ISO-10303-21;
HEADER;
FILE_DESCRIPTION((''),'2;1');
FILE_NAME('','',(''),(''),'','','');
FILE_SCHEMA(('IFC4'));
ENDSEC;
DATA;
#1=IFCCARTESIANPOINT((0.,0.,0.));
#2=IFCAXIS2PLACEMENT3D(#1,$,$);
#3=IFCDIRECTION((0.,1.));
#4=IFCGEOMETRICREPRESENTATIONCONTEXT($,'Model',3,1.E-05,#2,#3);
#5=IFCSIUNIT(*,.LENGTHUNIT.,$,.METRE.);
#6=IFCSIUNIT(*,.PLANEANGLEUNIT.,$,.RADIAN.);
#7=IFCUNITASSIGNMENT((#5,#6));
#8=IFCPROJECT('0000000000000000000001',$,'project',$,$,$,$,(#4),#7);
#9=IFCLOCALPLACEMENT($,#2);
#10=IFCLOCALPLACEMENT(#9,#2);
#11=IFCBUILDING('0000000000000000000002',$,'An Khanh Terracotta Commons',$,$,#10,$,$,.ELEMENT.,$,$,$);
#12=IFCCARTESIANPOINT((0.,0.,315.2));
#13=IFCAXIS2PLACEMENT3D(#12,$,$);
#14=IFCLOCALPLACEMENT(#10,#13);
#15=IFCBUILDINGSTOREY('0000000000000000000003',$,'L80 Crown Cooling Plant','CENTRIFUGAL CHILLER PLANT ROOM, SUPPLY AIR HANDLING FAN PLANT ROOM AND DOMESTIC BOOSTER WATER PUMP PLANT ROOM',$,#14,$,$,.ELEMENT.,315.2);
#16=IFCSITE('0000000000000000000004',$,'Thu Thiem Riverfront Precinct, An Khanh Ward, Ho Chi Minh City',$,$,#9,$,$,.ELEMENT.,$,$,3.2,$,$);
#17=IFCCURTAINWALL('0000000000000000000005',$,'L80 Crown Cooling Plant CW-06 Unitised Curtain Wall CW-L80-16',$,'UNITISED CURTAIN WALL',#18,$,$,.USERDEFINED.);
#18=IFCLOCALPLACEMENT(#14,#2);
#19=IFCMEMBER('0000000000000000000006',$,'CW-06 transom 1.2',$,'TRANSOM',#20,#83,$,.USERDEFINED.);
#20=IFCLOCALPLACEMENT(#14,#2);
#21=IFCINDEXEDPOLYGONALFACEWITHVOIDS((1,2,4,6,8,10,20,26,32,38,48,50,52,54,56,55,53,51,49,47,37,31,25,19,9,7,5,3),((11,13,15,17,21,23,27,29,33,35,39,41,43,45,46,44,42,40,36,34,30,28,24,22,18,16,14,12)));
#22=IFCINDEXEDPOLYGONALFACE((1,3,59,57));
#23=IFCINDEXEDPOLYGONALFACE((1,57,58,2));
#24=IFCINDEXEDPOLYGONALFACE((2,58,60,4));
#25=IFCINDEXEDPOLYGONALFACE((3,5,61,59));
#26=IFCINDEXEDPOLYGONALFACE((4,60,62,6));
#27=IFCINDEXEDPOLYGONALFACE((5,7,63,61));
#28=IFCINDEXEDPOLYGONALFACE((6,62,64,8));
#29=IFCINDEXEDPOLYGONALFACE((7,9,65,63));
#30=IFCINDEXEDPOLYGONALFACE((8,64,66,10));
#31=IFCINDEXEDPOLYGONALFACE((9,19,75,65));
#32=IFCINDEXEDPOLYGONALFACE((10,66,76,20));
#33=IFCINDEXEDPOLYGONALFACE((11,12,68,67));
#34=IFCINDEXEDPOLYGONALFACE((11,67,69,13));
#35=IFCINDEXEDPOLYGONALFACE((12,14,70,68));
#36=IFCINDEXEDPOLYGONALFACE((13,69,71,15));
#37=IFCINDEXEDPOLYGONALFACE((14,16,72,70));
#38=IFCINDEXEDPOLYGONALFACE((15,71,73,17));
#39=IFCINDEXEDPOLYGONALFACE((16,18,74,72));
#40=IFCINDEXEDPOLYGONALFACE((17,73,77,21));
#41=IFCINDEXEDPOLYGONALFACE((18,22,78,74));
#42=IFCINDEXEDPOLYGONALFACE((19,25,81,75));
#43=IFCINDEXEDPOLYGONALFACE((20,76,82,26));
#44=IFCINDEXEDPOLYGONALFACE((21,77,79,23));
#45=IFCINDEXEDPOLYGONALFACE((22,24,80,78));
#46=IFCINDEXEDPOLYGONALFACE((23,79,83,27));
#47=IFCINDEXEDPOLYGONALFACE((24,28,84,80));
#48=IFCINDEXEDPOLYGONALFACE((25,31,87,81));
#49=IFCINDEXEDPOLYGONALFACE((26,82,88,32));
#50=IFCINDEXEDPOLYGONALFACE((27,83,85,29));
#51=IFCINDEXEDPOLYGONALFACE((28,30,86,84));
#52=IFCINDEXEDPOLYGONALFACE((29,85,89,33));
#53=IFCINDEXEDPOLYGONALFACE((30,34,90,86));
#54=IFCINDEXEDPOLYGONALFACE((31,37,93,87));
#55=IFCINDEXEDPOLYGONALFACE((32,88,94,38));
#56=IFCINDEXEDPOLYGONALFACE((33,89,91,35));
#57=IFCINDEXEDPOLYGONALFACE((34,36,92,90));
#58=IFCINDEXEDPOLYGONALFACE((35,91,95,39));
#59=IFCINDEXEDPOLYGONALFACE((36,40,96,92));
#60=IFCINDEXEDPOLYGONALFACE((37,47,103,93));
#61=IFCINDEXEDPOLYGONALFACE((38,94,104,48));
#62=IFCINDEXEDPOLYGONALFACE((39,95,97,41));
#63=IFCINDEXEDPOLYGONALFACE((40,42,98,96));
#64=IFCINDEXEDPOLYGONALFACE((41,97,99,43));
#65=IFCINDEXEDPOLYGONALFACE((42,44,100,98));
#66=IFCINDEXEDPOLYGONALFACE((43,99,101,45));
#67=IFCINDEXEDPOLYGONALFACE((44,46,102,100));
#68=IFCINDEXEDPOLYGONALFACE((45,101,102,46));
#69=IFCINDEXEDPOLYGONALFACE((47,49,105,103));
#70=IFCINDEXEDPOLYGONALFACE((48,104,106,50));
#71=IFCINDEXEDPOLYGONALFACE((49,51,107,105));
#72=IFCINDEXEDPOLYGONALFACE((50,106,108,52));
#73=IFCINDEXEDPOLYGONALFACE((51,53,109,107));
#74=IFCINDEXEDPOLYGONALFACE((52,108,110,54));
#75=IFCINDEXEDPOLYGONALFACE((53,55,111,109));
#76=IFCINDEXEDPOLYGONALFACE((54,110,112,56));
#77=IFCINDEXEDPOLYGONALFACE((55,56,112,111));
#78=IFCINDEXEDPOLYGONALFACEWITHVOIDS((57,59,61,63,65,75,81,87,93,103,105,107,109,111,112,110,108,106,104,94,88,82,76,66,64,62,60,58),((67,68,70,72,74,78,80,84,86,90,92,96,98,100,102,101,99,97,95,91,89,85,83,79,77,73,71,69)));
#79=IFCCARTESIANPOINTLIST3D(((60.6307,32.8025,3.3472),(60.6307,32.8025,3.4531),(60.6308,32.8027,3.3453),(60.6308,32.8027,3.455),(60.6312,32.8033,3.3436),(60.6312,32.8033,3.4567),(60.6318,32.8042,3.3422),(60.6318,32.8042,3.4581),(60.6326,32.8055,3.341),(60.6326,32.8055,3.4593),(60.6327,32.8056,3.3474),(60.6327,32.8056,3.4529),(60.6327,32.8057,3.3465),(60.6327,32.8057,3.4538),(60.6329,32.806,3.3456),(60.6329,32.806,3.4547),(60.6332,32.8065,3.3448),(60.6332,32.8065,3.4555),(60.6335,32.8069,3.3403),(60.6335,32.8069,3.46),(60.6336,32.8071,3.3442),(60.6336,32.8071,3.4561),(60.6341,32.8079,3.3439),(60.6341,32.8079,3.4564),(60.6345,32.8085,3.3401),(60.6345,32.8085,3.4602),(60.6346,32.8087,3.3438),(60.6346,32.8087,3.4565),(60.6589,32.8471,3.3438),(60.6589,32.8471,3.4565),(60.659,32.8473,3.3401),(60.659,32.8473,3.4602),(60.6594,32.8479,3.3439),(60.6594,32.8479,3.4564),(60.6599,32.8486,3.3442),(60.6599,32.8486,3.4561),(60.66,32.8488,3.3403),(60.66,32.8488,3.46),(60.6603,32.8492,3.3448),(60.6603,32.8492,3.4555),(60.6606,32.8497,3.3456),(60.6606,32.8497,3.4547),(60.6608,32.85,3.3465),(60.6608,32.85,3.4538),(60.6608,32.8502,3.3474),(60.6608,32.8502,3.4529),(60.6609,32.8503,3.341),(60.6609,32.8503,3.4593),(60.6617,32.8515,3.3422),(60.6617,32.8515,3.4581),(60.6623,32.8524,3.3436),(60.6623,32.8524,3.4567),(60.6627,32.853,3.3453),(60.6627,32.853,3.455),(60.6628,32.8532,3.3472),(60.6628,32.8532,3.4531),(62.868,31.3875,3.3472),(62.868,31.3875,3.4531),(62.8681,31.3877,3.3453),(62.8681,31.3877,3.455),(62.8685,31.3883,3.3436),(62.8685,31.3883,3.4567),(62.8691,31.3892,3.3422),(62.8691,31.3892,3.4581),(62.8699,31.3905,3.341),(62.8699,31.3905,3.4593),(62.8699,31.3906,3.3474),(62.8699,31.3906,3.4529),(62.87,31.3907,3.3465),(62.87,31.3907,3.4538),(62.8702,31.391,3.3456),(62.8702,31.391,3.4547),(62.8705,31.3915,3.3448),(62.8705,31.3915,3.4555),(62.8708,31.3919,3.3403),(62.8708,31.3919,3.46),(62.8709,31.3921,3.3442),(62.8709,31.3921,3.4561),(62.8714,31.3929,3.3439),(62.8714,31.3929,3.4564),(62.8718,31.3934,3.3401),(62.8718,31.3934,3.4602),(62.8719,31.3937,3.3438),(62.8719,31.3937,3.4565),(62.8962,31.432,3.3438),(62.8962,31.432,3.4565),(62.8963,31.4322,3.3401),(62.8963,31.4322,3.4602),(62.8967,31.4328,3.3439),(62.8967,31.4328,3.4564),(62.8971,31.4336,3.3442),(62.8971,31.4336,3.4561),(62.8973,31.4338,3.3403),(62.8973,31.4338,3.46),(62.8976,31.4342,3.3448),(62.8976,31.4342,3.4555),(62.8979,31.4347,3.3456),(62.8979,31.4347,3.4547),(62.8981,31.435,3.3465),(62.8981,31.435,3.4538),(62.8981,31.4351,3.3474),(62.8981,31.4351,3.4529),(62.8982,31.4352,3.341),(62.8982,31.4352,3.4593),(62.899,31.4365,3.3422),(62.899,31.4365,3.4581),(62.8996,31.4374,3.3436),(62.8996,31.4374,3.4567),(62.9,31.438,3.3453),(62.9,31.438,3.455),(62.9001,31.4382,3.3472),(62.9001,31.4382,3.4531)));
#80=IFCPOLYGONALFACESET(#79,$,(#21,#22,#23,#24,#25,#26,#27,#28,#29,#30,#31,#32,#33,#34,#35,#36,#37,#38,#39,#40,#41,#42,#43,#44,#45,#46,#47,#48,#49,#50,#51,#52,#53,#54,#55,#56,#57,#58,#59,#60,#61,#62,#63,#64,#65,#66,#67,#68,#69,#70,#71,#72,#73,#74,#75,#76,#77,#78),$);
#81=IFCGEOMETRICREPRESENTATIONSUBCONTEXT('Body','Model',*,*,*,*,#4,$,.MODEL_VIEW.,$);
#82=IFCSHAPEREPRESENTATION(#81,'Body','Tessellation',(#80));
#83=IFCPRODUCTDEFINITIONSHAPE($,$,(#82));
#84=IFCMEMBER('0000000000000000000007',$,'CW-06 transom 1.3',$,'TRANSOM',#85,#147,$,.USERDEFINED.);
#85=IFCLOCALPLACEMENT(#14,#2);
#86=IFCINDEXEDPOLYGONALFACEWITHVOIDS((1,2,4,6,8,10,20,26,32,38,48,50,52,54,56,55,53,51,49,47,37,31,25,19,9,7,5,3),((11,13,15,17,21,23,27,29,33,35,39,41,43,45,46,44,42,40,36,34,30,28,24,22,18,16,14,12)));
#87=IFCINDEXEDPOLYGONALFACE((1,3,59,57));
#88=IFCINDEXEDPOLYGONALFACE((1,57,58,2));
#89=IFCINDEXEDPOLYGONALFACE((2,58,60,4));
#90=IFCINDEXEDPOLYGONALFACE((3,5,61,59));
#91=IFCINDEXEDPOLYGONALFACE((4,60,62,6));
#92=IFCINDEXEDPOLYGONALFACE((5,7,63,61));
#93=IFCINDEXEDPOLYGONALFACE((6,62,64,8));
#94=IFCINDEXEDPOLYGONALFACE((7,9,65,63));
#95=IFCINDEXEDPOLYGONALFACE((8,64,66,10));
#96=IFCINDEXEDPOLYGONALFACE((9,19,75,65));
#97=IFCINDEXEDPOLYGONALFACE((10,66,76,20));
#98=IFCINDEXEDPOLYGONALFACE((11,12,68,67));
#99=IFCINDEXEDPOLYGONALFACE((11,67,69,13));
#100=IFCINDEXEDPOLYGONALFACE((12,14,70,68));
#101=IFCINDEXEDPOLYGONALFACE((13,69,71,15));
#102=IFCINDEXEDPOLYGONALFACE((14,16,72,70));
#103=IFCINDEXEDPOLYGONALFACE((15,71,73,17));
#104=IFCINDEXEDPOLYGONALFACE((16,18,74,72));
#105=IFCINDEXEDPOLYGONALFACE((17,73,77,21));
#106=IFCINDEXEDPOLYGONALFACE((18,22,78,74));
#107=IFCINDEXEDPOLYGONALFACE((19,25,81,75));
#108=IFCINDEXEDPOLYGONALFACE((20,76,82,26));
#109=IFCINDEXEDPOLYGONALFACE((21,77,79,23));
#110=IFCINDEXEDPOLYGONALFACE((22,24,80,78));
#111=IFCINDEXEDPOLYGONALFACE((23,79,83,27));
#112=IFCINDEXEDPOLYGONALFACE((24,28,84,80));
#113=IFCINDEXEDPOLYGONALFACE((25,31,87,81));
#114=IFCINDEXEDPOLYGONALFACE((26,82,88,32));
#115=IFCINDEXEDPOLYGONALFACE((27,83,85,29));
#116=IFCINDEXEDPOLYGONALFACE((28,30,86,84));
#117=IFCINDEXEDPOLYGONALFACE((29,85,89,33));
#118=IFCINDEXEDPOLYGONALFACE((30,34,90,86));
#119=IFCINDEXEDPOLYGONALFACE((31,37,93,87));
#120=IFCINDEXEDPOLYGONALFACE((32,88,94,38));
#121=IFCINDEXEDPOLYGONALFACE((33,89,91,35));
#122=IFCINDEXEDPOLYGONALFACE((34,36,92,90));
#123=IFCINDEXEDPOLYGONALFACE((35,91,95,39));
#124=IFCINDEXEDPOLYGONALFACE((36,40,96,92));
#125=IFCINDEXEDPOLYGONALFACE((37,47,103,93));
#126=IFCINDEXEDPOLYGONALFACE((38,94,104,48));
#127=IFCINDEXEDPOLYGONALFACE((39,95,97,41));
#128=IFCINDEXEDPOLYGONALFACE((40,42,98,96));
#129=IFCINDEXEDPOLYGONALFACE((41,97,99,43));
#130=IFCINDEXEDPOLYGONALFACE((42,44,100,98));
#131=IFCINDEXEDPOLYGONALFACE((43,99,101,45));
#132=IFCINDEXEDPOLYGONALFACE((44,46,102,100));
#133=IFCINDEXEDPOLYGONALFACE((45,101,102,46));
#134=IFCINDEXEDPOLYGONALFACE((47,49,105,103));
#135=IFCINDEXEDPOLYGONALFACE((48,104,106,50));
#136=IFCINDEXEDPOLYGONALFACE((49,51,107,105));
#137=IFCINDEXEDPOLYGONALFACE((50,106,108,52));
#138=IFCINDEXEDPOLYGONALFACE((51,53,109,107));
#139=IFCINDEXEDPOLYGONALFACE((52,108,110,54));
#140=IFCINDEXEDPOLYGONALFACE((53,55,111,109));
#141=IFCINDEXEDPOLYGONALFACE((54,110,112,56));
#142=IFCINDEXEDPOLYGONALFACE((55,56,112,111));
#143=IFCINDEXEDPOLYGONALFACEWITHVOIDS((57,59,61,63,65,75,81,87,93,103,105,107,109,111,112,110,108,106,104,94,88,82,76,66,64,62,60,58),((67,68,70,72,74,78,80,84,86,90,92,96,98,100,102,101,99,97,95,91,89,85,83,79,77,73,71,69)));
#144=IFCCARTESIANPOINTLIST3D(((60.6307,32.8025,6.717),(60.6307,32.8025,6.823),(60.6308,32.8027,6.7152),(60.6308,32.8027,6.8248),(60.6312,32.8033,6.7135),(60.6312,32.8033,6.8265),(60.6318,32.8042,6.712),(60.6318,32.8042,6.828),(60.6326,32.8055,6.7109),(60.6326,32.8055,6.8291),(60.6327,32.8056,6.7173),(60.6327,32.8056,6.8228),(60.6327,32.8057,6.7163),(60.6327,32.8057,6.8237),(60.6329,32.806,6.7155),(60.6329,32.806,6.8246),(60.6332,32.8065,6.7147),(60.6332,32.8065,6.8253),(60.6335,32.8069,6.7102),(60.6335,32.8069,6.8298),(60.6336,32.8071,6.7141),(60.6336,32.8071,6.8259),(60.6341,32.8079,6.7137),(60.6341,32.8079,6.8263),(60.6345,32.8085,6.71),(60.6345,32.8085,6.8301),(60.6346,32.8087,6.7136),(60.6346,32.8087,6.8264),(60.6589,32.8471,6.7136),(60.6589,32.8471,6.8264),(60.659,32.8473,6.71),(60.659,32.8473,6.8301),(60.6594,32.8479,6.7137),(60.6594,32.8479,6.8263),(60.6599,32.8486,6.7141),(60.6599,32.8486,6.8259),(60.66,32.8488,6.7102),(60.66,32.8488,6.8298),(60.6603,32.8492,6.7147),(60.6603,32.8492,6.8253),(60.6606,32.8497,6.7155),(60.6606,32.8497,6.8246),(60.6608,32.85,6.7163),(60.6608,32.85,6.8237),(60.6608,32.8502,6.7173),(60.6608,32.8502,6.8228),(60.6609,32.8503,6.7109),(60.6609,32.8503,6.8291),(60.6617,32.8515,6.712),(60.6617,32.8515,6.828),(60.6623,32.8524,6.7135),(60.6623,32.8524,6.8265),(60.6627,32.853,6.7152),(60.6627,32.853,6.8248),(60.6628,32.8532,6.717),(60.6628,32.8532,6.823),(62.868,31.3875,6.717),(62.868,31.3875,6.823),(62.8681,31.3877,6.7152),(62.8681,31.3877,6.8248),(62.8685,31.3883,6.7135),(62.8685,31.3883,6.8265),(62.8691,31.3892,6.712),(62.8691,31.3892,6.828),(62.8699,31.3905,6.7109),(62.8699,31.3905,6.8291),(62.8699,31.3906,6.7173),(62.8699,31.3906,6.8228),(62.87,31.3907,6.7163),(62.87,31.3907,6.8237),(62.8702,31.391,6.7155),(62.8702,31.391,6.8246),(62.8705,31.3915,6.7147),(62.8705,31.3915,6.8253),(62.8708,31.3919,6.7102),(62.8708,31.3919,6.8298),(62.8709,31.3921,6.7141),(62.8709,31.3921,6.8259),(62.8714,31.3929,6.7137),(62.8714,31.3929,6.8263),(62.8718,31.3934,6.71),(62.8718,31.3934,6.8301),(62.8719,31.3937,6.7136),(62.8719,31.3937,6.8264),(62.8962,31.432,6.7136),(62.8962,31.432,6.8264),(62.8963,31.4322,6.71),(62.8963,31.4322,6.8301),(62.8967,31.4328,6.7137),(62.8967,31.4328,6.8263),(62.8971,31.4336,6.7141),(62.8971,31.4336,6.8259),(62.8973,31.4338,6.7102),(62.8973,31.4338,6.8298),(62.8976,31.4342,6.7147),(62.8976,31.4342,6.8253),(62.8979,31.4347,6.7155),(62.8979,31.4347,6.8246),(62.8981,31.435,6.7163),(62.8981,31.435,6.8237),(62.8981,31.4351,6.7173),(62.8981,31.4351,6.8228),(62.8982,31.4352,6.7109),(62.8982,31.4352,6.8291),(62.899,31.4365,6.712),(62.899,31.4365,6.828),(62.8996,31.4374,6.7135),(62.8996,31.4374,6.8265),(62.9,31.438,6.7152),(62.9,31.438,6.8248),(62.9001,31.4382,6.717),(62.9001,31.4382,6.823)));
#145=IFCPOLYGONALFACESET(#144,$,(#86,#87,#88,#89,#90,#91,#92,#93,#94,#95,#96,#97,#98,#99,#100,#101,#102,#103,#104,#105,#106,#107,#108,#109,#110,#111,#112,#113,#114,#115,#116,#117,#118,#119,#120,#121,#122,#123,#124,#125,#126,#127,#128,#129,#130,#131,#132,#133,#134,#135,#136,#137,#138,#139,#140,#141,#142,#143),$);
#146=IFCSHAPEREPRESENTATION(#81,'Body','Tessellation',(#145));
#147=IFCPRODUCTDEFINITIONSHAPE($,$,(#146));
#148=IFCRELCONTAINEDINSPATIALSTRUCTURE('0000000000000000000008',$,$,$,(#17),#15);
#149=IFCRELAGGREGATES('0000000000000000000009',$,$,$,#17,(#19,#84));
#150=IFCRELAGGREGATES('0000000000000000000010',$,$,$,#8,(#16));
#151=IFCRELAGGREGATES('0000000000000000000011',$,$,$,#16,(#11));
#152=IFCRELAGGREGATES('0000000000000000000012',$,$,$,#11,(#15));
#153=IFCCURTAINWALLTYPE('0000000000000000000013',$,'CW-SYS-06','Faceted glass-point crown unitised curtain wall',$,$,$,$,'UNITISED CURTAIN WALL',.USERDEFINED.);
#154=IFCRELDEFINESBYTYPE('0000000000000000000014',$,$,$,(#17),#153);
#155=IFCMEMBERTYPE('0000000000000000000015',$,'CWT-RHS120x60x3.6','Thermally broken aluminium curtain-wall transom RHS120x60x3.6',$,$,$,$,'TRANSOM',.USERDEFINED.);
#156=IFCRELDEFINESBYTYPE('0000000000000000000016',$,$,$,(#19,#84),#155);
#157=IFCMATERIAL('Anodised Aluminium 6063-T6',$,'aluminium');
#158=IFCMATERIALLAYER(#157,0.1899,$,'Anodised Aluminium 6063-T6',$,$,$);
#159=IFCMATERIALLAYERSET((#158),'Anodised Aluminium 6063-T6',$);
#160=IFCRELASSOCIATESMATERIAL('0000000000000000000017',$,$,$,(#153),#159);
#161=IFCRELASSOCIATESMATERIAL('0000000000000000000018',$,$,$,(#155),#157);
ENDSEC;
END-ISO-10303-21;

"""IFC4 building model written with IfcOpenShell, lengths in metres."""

from ifc_helpers import new_model, si_unit, direction, frame, origin, origin_2d, place, context, subcontext, project, spatial, hollow_rectangle, extrude, material, layer, layer_set, material_profile, profile_set, type_object, element, aggregate, save


model = new_model("IFC4")

# Units and contexts
model_context = context("Model", 3, precision=1e-05, world=origin(), true_north=direction((0.0, 1.0)))
body_context = subcontext(model_context, "Body", "Model", "MODEL_VIEW")
ifc_project = project(units=[si_unit("LENGTHUNIT", "METRE"), si_unit("PLANEANGLEUNIT", "RADIAN")], contexts=[model_context])

# Site, building, storey
site_placement = place(None, origin())
site = spatial("IfcSite", under=ifc_project, at=site_placement, Name="Thu Thiem Riverfront Precinct, An Khanh Ward, Ho Chi Minh City", CompositionType="ELEMENT", RefElevation=3.2)
building_placement = place(site_placement, origin())
building = spatial("IfcBuilding", under=site, at=building_placement, Name="An Khanh Terracotta Commons", CompositionType="ELEMENT")
storey_placement = place(building_placement, frame((0.0, 0.0, 315.2)))
storey = spatial("IfcBuildingStorey", under=building, at=storey_placement, Name="L80 Crown Cooling Plant", Description="CENTRIFUGAL CHILLER PLANT ROOM, SUPPLY AIR HANDLING FAN PLANT ROOM AND DOMESTIC BOOSTER WATER PUMP PLANT ROOM", CompositionType="ELEMENT", Elevation=315.2)

# Curtain wall, members
ifc_material_1 = material(Name="Anodised Aluminium 6063-T6", Category="aluminium")
ifc_layer_1 = layer(ifc_material_1, 0.1899, Name="Anodised Aluminium 6063-T6")
ifc_layer_set_1 = layer_set([ifc_layer_1], Name="Anodised Aluminium 6063-T6")
curtain_wall_type = type_object("IfcCurtainWallType", Name="CW-SYS-06", Description="Faceted glass-point crown unitised curtain wall", ElementType="UNITISED CURTAIN WALL", PredefinedType="USERDEFINED", material=ifc_layer_set_1)
curtain_wall_placement = place(storey_placement, origin())
curtain_wall = element("IfcCurtainWall", 1, at=curtain_wall_placement, inside=storey, type_object=curtain_wall_type, Name="L80 Crown Cooling Plant CW-06 Unitised Curtain Wall CW-L80-16", ObjectType="UNITISED CURTAIN WALL", PredefinedType="USERDEFINED")
ifc_material_profile_1 = material_profile(ifc_material_1, hollow_rectangle(XDim=0.0601, YDim=0.1201, WallThickness=0.0037, InnerFilletRadius=0.0037, OuterFilletRadius=0.0071, at=origin_2d()), Name="RHS120x60x3.6")
ifc_profile_set_1 = profile_set([ifc_material_profile_1], Name="Anodised Aluminium 6063-T6")
member_type_1 = type_object("IfcMemberType", Name="CWT-RHS120x60x3.6", Description="Thermally broken aluminium curtain-wall transom RHS120x60x3.6", ElementType="TRANSOM", PredefinedType="USERDEFINED", material=ifc_profile_set_1)
member_1_placement = place(storey_placement, frame((62.884, 31.4128, 3.4001), z_axis=(-0.845147, 0.534534, 0.0), x_axis=(-0.534534, -0.845147, 0.0)))
member_1 = element("IfcMember", 2, at=member_1_placement, type_object=member_type_1, Name="CW-06 transom 1.2", ObjectType="TRANSOM", PredefinedType="USERDEFINED", context=body_context, shape_type="SweptSolid", body=[
    extrude(hollow_rectangle(XDim=0.0601, YDim=0.1201, WallThickness=0.0037, InnerFilletRadius=0.0037, OuterFilletRadius=0.0071, at=origin_2d()), origin(), (0.0, 0.0, 1.0), 2.6472),
])
member_2_placement = place(storey_placement, frame((62.884, 31.4128, 6.77), z_axis=(-0.845147, 0.534534, 0.0), x_axis=(-0.534534, -0.845147, 0.0)))
member_2 = element("IfcMember", 3, at=member_2_placement, type_object=member_type_1, Name="CW-06 transom 1.3", ObjectType="TRANSOM", PredefinedType="USERDEFINED", context=body_context, shape_type="SweptSolid", body=[
    extrude(hollow_rectangle(XDim=0.0601, YDim=0.1201, WallThickness=0.0037, InnerFilletRadius=0.0037, OuterFilletRadius=0.0071, at=origin_2d()), origin(), (0.0, 0.0, 1.0), 2.6472),
])
aggregate(curtain_wall, [member_1, member_2])

save(model, "model.ifc")
